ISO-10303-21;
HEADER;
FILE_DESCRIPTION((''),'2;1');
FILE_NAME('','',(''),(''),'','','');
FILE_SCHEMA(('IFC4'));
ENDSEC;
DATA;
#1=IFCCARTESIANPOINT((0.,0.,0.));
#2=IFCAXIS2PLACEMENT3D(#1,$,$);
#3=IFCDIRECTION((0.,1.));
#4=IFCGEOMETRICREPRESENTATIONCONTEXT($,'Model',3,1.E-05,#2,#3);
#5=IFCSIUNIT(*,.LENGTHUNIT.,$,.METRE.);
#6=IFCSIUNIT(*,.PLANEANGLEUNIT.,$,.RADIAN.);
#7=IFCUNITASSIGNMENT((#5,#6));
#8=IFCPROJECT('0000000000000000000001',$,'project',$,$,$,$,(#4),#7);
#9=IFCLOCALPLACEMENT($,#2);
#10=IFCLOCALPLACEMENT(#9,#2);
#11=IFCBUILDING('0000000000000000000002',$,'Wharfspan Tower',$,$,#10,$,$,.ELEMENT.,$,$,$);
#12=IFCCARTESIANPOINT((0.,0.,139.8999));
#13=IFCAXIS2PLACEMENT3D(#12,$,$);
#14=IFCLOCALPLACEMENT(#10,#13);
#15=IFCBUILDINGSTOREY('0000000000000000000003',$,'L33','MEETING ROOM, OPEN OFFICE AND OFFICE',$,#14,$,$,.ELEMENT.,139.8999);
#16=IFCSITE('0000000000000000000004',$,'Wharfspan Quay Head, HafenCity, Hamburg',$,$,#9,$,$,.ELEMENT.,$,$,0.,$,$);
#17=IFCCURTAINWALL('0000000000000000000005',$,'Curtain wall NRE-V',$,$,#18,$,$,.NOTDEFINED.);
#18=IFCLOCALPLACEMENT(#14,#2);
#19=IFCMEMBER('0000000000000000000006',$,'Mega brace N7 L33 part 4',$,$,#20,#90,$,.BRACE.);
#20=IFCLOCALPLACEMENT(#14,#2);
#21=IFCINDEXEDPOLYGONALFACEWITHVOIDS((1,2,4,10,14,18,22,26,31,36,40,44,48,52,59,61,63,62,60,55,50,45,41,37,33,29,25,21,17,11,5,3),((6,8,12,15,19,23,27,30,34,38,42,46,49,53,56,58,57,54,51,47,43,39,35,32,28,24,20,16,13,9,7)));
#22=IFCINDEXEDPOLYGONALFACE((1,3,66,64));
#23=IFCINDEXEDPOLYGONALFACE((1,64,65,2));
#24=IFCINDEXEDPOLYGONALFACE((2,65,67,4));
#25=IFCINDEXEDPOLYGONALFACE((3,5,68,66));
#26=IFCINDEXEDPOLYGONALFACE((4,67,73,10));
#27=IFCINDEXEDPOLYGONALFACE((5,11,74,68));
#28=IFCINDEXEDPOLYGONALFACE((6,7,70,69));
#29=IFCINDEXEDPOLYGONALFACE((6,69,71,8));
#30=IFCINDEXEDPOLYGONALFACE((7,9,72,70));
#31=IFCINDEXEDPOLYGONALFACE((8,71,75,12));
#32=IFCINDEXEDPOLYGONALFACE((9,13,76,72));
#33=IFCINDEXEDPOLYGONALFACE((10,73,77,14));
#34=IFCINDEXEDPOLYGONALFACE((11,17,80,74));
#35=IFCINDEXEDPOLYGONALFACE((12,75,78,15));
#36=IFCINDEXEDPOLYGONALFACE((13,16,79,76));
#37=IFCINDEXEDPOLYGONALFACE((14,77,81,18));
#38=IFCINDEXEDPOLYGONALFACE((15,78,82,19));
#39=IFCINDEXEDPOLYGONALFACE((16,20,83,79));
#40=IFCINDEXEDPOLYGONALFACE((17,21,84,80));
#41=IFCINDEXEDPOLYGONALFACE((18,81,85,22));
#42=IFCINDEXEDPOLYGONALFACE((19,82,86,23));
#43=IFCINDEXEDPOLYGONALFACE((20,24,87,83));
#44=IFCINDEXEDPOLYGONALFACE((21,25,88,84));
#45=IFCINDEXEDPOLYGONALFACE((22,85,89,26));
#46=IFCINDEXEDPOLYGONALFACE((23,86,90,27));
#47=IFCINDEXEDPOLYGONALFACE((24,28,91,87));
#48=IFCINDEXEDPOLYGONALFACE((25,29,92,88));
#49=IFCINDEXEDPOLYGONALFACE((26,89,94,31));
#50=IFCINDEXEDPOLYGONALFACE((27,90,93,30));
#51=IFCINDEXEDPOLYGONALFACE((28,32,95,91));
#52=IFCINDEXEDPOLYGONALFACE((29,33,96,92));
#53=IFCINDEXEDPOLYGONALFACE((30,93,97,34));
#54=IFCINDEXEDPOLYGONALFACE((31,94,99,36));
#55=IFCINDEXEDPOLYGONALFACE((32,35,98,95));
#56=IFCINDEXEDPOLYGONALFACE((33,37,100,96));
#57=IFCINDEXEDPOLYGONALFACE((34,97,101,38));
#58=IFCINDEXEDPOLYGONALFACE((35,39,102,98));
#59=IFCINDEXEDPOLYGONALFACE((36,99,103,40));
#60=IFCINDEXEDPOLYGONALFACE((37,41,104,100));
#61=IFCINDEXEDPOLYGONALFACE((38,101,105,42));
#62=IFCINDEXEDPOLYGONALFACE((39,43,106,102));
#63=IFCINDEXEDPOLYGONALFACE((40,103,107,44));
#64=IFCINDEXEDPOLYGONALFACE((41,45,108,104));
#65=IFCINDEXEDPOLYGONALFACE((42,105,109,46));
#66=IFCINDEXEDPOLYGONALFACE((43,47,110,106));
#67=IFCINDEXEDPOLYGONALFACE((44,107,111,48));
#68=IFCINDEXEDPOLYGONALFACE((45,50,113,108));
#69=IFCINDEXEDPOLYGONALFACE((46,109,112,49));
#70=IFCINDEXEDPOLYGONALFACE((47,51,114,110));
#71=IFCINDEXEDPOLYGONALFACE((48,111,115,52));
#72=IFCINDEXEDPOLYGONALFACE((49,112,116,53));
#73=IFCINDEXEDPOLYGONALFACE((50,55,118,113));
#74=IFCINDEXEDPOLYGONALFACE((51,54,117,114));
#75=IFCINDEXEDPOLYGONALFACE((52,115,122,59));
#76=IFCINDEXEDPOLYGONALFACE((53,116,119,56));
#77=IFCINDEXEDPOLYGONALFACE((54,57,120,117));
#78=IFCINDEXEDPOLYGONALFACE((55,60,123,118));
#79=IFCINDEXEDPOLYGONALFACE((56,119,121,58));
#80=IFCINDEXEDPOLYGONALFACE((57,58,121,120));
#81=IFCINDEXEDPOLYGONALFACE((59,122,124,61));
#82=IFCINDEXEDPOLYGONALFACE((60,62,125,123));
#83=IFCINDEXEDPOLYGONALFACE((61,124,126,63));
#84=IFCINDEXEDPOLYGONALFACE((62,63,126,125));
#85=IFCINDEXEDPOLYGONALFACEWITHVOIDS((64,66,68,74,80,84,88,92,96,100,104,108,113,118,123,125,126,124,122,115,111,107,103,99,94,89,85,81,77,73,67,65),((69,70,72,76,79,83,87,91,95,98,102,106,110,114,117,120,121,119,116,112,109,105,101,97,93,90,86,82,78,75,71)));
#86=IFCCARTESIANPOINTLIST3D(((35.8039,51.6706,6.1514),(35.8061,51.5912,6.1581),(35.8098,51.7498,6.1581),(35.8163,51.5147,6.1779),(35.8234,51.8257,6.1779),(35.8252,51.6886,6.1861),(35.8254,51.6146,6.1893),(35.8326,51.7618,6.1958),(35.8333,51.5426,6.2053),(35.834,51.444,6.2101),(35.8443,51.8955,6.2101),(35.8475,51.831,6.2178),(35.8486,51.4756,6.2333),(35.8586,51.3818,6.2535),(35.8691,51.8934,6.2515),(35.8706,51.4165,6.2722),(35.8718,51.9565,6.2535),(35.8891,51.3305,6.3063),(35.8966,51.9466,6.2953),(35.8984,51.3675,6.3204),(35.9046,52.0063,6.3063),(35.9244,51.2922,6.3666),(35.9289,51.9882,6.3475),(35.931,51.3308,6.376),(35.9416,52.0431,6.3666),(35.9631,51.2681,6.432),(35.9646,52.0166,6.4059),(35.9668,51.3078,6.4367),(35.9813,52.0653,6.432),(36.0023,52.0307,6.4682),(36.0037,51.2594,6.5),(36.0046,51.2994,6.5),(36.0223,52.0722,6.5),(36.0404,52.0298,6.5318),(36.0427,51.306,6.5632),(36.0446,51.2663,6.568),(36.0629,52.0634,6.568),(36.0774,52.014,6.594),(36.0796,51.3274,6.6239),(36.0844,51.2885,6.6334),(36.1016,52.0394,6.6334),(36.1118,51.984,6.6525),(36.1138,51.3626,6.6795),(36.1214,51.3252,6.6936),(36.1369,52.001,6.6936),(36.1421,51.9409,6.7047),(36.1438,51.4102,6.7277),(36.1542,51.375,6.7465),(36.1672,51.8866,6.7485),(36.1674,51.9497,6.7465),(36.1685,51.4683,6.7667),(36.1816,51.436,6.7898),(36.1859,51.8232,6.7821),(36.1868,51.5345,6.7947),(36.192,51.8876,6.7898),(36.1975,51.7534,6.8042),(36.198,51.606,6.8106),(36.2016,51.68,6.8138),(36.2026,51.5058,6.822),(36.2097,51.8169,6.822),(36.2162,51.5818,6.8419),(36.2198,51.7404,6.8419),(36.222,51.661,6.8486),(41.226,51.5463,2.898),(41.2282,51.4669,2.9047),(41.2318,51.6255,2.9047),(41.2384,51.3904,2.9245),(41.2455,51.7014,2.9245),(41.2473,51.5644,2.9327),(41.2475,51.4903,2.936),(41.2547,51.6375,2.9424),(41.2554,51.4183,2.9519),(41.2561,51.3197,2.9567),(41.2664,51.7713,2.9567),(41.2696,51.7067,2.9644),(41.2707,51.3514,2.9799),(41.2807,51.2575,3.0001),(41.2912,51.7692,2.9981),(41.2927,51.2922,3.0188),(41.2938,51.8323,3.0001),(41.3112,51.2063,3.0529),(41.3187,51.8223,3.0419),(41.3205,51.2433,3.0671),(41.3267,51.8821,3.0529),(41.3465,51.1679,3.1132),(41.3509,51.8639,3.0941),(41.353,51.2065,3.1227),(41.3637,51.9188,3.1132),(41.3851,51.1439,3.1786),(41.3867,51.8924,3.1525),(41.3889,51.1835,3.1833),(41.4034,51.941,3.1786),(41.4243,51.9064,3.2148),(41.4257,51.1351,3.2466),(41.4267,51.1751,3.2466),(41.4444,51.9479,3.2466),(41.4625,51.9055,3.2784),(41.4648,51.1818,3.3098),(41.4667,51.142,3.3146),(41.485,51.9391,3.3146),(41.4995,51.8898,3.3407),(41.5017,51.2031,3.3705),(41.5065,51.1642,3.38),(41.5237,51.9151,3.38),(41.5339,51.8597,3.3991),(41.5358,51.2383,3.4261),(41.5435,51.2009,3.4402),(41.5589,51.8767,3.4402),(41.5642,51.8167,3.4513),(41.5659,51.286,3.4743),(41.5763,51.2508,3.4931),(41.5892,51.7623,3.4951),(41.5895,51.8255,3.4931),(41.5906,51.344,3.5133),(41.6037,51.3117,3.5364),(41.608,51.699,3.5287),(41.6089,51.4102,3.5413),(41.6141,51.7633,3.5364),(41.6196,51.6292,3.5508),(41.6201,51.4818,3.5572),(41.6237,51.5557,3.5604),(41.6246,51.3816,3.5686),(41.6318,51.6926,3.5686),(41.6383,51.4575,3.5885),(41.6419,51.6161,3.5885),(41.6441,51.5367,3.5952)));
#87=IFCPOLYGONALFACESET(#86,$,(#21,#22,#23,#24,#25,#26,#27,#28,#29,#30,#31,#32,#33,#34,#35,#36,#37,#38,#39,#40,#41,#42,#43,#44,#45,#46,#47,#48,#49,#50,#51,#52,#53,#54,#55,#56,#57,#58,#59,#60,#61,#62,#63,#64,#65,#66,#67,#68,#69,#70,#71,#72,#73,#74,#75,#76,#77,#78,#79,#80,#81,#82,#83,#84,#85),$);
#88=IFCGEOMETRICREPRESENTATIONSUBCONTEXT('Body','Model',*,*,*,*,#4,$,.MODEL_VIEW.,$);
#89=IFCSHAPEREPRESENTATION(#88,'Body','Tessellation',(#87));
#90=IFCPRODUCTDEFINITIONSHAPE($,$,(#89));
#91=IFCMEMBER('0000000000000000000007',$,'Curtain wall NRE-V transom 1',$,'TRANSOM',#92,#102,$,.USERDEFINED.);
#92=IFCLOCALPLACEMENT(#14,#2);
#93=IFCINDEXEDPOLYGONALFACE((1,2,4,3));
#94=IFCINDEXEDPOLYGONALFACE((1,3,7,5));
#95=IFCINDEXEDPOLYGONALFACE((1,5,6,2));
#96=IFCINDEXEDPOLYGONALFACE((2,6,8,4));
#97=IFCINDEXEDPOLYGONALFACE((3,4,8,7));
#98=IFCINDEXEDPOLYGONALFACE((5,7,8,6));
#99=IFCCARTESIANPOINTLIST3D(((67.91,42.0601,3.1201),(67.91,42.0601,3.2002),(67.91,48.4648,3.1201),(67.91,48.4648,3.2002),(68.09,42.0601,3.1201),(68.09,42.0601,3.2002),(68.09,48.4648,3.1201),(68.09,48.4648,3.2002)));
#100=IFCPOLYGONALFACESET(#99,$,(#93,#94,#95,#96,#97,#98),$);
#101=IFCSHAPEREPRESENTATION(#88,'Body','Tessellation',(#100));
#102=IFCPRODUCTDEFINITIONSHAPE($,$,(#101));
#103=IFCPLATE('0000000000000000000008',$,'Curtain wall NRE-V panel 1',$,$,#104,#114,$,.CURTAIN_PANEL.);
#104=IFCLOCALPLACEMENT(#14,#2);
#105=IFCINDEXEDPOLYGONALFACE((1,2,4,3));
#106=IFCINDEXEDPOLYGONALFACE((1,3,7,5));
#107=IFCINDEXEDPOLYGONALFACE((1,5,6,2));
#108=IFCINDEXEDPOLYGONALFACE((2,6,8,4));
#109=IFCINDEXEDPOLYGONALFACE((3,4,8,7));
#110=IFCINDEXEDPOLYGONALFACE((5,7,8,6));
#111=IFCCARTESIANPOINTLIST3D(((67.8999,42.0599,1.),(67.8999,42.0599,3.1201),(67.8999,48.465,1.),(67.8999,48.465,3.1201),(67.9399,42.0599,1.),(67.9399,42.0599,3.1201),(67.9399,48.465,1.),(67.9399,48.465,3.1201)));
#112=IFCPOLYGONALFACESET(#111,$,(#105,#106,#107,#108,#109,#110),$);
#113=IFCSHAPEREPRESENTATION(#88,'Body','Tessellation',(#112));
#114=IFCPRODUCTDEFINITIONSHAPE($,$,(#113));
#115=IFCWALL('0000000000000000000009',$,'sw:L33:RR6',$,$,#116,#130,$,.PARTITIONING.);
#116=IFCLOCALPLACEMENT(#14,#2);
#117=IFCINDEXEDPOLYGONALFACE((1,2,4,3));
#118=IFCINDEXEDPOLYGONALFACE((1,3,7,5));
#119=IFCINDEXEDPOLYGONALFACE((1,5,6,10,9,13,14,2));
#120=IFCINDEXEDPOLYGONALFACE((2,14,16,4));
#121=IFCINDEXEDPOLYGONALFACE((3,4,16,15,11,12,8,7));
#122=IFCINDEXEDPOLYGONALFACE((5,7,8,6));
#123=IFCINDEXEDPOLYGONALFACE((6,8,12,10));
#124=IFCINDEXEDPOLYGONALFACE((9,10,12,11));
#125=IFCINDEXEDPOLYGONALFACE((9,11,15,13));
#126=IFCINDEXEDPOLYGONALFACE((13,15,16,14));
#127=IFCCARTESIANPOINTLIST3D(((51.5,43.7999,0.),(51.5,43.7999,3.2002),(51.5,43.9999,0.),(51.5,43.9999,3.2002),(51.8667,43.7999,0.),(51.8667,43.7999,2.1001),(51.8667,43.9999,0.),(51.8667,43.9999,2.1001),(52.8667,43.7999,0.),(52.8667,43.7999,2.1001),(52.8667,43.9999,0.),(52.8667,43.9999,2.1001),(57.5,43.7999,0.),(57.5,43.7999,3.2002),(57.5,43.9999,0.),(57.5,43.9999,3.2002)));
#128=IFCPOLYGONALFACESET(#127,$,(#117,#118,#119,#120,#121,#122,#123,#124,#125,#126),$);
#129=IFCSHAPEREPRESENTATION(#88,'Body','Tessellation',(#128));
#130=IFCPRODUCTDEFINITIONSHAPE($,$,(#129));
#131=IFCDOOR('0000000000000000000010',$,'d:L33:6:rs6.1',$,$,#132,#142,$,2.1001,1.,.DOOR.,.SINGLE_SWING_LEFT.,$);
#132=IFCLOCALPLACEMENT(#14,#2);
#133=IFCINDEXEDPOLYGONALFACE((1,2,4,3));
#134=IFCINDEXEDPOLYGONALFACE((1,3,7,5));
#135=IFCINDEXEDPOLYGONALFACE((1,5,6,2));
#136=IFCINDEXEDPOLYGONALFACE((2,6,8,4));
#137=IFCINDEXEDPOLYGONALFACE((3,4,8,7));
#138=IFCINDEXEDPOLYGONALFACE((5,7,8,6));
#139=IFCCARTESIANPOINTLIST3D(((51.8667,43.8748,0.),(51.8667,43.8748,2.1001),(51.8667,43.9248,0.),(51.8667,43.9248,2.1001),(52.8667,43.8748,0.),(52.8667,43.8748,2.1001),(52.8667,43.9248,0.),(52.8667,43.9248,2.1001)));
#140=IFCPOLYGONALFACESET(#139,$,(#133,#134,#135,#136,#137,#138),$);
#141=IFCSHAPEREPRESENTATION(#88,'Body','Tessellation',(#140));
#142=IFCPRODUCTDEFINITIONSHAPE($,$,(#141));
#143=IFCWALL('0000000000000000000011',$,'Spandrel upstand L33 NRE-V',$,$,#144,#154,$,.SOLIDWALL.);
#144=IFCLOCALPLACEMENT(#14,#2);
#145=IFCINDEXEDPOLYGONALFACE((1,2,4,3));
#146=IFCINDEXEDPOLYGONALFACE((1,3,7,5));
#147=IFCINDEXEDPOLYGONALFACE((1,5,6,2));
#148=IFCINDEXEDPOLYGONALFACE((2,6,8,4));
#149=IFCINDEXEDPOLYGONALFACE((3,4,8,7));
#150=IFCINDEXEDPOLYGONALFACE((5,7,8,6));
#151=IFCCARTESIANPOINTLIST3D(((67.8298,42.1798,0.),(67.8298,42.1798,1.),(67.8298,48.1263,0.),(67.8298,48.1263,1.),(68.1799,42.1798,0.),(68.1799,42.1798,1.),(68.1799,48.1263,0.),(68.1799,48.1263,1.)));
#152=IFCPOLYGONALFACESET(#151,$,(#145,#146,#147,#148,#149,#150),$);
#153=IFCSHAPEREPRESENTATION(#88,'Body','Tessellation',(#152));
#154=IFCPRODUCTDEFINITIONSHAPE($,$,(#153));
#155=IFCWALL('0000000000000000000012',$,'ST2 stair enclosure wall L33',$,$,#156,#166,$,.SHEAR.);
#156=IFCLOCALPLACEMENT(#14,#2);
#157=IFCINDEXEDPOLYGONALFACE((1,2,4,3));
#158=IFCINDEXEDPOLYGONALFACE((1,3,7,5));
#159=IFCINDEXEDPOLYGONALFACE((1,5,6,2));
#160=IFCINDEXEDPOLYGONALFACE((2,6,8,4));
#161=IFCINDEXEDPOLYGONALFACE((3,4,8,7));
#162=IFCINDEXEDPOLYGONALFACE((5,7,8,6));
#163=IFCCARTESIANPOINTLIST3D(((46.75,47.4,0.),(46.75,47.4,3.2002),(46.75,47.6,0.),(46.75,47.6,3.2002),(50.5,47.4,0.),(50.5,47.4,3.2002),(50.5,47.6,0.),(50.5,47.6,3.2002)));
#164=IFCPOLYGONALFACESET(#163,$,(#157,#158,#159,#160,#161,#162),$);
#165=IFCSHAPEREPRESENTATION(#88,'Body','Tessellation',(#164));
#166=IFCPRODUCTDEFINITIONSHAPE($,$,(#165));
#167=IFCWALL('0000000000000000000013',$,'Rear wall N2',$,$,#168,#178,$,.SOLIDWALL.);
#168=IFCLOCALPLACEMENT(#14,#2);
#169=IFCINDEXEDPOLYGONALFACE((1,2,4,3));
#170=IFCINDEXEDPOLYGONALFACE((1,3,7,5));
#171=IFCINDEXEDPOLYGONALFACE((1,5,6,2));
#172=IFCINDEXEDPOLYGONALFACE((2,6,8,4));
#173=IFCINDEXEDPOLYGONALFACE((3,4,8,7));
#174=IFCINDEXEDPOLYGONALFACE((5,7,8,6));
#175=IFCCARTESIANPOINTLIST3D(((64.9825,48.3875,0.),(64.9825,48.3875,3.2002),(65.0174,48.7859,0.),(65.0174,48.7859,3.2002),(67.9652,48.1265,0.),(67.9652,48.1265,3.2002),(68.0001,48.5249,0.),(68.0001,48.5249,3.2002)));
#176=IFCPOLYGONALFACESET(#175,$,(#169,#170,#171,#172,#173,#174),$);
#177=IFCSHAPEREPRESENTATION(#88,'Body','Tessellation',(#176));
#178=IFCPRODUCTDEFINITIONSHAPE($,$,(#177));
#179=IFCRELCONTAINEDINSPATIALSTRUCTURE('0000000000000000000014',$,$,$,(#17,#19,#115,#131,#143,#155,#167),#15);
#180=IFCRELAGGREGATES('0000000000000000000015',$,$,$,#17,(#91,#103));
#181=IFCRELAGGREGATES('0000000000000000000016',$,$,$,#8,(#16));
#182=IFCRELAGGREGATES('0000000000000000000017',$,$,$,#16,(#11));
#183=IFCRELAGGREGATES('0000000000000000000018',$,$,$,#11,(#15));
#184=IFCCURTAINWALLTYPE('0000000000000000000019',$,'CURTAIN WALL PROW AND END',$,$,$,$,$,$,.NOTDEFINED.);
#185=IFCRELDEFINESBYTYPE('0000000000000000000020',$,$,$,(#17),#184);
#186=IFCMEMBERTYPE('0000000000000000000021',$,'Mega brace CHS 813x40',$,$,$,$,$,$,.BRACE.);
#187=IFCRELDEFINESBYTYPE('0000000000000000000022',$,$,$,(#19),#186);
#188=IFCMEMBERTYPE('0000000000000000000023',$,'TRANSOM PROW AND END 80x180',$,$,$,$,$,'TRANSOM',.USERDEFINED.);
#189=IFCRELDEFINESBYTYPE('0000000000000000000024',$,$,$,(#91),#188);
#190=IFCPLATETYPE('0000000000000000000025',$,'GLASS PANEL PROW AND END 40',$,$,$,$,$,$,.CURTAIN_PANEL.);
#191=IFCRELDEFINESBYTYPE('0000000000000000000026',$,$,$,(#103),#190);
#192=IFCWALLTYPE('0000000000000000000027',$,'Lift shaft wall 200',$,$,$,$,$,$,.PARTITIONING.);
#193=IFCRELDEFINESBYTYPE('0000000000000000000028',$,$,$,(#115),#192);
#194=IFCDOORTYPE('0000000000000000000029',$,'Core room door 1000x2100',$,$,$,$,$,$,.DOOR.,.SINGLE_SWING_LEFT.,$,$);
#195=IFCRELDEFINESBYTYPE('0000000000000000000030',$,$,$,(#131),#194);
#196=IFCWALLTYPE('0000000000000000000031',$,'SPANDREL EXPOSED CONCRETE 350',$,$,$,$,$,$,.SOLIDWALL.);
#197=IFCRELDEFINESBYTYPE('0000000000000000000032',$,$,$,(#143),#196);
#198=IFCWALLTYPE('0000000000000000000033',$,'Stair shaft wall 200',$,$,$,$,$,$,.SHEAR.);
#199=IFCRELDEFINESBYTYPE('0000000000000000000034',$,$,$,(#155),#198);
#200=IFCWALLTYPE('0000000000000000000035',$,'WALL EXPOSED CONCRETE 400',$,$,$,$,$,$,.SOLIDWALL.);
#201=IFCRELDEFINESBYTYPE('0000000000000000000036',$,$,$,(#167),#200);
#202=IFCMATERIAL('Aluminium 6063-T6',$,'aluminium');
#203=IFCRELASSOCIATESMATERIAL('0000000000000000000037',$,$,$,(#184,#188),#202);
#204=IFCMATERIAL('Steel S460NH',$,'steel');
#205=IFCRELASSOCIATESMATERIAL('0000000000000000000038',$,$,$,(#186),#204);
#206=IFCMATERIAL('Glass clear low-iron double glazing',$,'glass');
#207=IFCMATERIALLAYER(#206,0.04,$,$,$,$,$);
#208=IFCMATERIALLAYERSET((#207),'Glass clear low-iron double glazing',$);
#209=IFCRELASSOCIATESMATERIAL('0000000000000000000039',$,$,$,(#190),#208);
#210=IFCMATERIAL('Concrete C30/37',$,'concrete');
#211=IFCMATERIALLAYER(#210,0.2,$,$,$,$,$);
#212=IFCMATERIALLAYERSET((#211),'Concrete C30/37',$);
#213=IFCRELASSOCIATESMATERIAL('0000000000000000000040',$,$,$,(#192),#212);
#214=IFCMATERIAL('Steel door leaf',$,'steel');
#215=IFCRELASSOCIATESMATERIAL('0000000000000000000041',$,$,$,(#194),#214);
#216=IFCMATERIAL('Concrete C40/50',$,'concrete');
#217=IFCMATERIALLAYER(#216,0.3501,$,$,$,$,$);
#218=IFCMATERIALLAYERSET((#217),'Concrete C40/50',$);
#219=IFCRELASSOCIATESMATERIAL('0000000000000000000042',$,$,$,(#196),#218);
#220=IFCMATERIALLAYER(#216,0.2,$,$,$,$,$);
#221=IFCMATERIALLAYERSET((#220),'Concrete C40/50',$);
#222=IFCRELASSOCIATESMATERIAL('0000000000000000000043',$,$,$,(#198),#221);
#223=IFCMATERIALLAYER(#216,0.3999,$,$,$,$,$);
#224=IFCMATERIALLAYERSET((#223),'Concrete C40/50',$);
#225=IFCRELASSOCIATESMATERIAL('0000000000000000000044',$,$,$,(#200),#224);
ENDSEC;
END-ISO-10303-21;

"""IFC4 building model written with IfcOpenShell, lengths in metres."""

from ifc_helpers import new_model, si_unit, direction, frame, frame_2d, origin, origin_2d, place, context, subcontext, project, spatial, rectangle, hollow_circle, extrude, material, layer, layer_set, material_profile, profile_set, type_object, element, fill, aggregate, save


model = new_model("IFC4")

# Units and contexts
model_context = context("Model", 3, precision=1e-05, world=origin(), true_north=direction((0.0, 1.0)))
body_context = subcontext(model_context, "Body", "Model", "MODEL_VIEW")
ifc_project = project(units=[si_unit("LENGTHUNIT", "METRE"), si_unit("PLANEANGLEUNIT", "RADIAN")], contexts=[model_context])

# Site, building, storey
site_placement = place(None, origin())
site = spatial("IfcSite", under=ifc_project, at=site_placement, Name="Wharfspan Quay Head, HafenCity, Hamburg", CompositionType="ELEMENT", RefElevation=0.0)
building_placement = place(site_placement, origin())
building = spatial("IfcBuilding", under=site, at=building_placement, Name="Wharfspan Tower", CompositionType="ELEMENT")
storey_placement = place(building_placement, frame((0.0, 0.0, 139.8999)))
storey = spatial("IfcBuildingStorey", under=building, at=storey_placement, Name="L33", Description="MEETING ROOM, OPEN OFFICE AND OFFICE", CompositionType="ELEMENT", Elevation=139.8999)

# Shared definitions
ifc_material_1 = material(Name="Aluminium 6063-T6", Category="aluminium")
curtain_wall_type = type_object("IfcCurtainWallType", Name="CURTAIN WALL PROW AND END", PredefinedType="NOTDEFINED", material=ifc_material_1)

# Curtain wall
curtain_wall_1_placement = place(storey_placement, origin())
curtain_wall_1 = element("IfcCurtainWall", 1, at=curtain_wall_1_placement, inside=storey, type_object=curtain_wall_type, Name="Curtain wall NRE-V", PredefinedType="NOTDEFINED")

# Member
ifc_material_2 = material(Name="Steel S460NH", Category="steel")
ifc_material_profile_1 = material_profile(ifc_material_2, hollow_circle(Radius=0.4065, WallThickness=0.04, at=origin_2d()))
ifc_profile_set_1 = profile_set([ifc_material_profile_1], Name="Steel S460NH")
member_type_1 = type_object("IfcMemberType", Name="Mega brace CHS 813x40", PredefinedType="BRACE", material=ifc_profile_set_1)
member_1_placement = place(storey_placement, frame((41.4351, 51.5415, 3.2466), z_axis=(-0.857317, 0.019649, 0.514413), x_axis=(-0.022912, -0.999739, 0.000002)))
element("IfcMember", 2, at=member_1_placement, inside=storey, type_object=member_type_1, Name="Mega brace N7 L33 part 4", PredefinedType="BRACE", context=body_context, shape_type="SweptSolid", body=[
    extrude(hollow_circle(Radius=0.4065, WallThickness=0.04, at=origin_2d()), origin(), (0.0, 0.0, 1.0), 6.3245),
])

# Member
ifc_material_profile_2 = material_profile(ifc_material_1, rectangle(XDim=0.1799, YDim=0.0801, at=origin_2d()))
ifc_profile_set_2 = profile_set([ifc_material_profile_2], Name="Aluminium 6063-T6")
member_type_2 = type_object("IfcMemberType", Name="TRANSOM PROW AND END 80x180", ElementType="TRANSOM", PredefinedType="USERDEFINED", material=ifc_profile_set_2)
member_2_placement = place(storey_placement, frame((68.0, 42.0601, 3.1602), z_axis=(0.0, 1.0, 0.0), x_axis=(-1.0, 0.0, 0.0)))
member_2 = element("IfcMember", 3, at=member_2_placement, type_object=member_type_2, Name="Curtain wall NRE-V transom 1", ObjectType="TRANSOM", PredefinedType="USERDEFINED", context=body_context, shape_type="SweptSolid", body=[
    extrude(rectangle(XDim=0.1799, YDim=0.0801, at=origin_2d()), origin(), (0.0, 0.0, 1.0), 6.4048),
])

# Plate
ifc_material_3 = material(Name="Glass clear low-iron double glazing", Category="glass")
ifc_layer_1 = layer(ifc_material_3, 0.04)
ifc_layer_set_1 = layer_set([ifc_layer_1], Name="Glass clear low-iron double glazing")
plate_type = type_object("IfcPlateType", Name="GLASS PANEL PROW AND END 40", PredefinedType="CURTAIN_PANEL", material=ifc_layer_set_1)
plate_placement = place(storey_placement, frame((67.9199, 45.2625, 1.0), z_axis=(0.0, 0.0, 1.0), x_axis=(0.0, 1.0, 0.0)))
plate = element("IfcPlate", 4, at=plate_placement, type_object=plate_type, Name="Curtain wall NRE-V panel 1", PredefinedType="CURTAIN_PANEL", context=body_context, shape_type="SweptSolid", body=[
    extrude(rectangle(XDim=6.405, YDim=0.04, at=origin_2d()), origin(), (0.0, 0.0, 1.0), 2.1201),
])
aggregate(curtain_wall_1, [member_2, plate])

# Wall, opening, door
ifc_material_4 = material(Name="Concrete C30/37", Category="concrete")
ifc_layer_2 = layer(ifc_material_4, 0.2)
ifc_layer_set_2 = layer_set([ifc_layer_2], Name="Concrete C30/37")
wall_type_1 = type_object("IfcWallType", Name="Lift shaft wall 200", PredefinedType="PARTITIONING", material=ifc_layer_set_2)
wall_1_placement = place(storey_placement, frame((51.5, 43.8999, 0.0), z_axis=(0.0, 0.0, 1.0), x_axis=(1.0, 0.0, 0.0)))
wall_1 = element("IfcWall", 5, at=wall_1_placement, inside=storey, type_object=wall_type_1, Name="sw:L33:RR6", PredefinedType="PARTITIONING", context=body_context, shape_type="SweptSolid", body=[
    extrude(rectangle(XDim=6.0, YDim=0.2, at=frame_2d((3.0, 0.0))), origin(), (0.0, 0.0, 1.0), 3.2002),
])
opening_placement = place(wall_1_placement, frame((0.3667, 0.0, 0.0)))
opening = element("IfcOpeningElement", 6, at=opening_placement, cuts=wall_1, PredefinedType="OPENING", context=body_context, shape_type="SweptSolid", body=[
    extrude(rectangle(XDim=1.0, YDim=2.1001, at=frame_2d((0.5, 1.05))), frame((0.0, 0.1099, 0.0), z_axis=(0.0, -1.0, 0.0), x_axis=(1.0, 0.0, 0.0)), (0.0, 0.0, 1.0), 0.22),
])
ifc_material_5 = material(Name="Steel door leaf", Category="steel")
door_type = type_object("IfcDoorType", Name="Core room door 1000x2100", OperationType="SINGLE_SWING_LEFT", PredefinedType="DOOR", material=ifc_material_5)
door_placement = place(opening_placement, origin())
door = element("IfcDoor", 7, at=door_placement, inside=storey, type_object=door_type, Name="d:L33:6:rs6.1", OperationType="SINGLE_SWING_LEFT", OverallHeight=2.1001, OverallWidth=1.0, PredefinedType="DOOR", context=body_context, shape_type="SweptSolid", body=[
    extrude(rectangle(XDim=1.0, YDim=2.1001, at=frame_2d((0.5, 1.05))), frame((0.0, 0.0249, 0.0), z_axis=(0.0, -1.0, 0.0), x_axis=(1.0, 0.0, 0.0)), (0.0, 0.0, 1.0), 0.05),
])
fill(opening, door)

# Walls
ifc_material_6 = material(Name="Concrete C40/50", Category="concrete")
ifc_layer_3 = layer(ifc_material_6, 0.3501)
ifc_layer_set_3 = layer_set([ifc_layer_3], Name="Concrete C40/50")
wall_type_2 = type_object("IfcWallType", Name="SPANDREL EXPOSED CONCRETE 350", PredefinedType="SOLIDWALL", material=ifc_layer_set_3)
wall_2_placement = place(storey_placement, frame((68.0049, 42.1799, 0.0), z_axis=(0.0, 0.0, 1.0), x_axis=(0.0, 1.0, 0.0)))
element("IfcWall", 8, at=wall_2_placement, inside=storey, type_object=wall_type_2, Name="Spandrel upstand L33 NRE-V", PredefinedType="SOLIDWALL", context=body_context, shape_type="SweptSolid", body=[
    extrude(rectangle(XDim=5.9465, YDim=0.3501, at=frame_2d((2.9731, 0.0))), origin(), (0.0, 0.0, 1.0), 1.0),
])
ifc_layer_4 = layer(ifc_material_6, 0.2)
ifc_layer_set_4 = layer_set([ifc_layer_4], Name="Concrete C40/50")
wall_type_3 = type_object("IfcWallType", Name="Stair shaft wall 200", PredefinedType="SHEAR", material=ifc_layer_set_4)
wall_3_placement = place(storey_placement, frame((46.75, 47.5, 0.0), z_axis=(0.0, 0.0, 1.0), x_axis=(1.0, 0.0, 0.0)))
element("IfcWall", 9, at=wall_3_placement, inside=storey, type_object=wall_type_3, Name="ST2 stair enclosure wall L33", PredefinedType="SHEAR", context=body_context, shape_type="SweptSolid", body=[
    extrude(rectangle(XDim=3.75, YDim=0.2, at=frame_2d((1.875, 0.0))), origin(), (0.0, 0.0, 1.0), 3.2002),
])
ifc_layer_5 = layer(ifc_material_6, 0.3999)
ifc_layer_set_5 = layer_set([ifc_layer_5], Name="Concrete C40/50")
wall_type_4 = type_object("IfcWallType", Name="WALL EXPOSED CONCRETE 400", PredefinedType="SOLIDWALL", material=ifc_layer_set_5)
wall_4_placement = place(storey_placement, frame((67.9827, 48.3257, 0.0), z_axis=(0.0, 0.0, 1.0), x_axis=(-0.996194, 0.087168, 0.0)))
element("IfcWall", 10, at=wall_4_placement, inside=storey, type_object=wall_type_4, Name="Rear wall N2", PredefinedType="SOLIDWALL", context=body_context, shape_type="SweptSolid", body=[
    extrude(rectangle(XDim=2.9941, YDim=0.3999, at=frame_2d((1.4971, 0.0))), origin(), (0.0, 0.0, 1.0), 3.2002),
])

save(model, "model.ifc")
